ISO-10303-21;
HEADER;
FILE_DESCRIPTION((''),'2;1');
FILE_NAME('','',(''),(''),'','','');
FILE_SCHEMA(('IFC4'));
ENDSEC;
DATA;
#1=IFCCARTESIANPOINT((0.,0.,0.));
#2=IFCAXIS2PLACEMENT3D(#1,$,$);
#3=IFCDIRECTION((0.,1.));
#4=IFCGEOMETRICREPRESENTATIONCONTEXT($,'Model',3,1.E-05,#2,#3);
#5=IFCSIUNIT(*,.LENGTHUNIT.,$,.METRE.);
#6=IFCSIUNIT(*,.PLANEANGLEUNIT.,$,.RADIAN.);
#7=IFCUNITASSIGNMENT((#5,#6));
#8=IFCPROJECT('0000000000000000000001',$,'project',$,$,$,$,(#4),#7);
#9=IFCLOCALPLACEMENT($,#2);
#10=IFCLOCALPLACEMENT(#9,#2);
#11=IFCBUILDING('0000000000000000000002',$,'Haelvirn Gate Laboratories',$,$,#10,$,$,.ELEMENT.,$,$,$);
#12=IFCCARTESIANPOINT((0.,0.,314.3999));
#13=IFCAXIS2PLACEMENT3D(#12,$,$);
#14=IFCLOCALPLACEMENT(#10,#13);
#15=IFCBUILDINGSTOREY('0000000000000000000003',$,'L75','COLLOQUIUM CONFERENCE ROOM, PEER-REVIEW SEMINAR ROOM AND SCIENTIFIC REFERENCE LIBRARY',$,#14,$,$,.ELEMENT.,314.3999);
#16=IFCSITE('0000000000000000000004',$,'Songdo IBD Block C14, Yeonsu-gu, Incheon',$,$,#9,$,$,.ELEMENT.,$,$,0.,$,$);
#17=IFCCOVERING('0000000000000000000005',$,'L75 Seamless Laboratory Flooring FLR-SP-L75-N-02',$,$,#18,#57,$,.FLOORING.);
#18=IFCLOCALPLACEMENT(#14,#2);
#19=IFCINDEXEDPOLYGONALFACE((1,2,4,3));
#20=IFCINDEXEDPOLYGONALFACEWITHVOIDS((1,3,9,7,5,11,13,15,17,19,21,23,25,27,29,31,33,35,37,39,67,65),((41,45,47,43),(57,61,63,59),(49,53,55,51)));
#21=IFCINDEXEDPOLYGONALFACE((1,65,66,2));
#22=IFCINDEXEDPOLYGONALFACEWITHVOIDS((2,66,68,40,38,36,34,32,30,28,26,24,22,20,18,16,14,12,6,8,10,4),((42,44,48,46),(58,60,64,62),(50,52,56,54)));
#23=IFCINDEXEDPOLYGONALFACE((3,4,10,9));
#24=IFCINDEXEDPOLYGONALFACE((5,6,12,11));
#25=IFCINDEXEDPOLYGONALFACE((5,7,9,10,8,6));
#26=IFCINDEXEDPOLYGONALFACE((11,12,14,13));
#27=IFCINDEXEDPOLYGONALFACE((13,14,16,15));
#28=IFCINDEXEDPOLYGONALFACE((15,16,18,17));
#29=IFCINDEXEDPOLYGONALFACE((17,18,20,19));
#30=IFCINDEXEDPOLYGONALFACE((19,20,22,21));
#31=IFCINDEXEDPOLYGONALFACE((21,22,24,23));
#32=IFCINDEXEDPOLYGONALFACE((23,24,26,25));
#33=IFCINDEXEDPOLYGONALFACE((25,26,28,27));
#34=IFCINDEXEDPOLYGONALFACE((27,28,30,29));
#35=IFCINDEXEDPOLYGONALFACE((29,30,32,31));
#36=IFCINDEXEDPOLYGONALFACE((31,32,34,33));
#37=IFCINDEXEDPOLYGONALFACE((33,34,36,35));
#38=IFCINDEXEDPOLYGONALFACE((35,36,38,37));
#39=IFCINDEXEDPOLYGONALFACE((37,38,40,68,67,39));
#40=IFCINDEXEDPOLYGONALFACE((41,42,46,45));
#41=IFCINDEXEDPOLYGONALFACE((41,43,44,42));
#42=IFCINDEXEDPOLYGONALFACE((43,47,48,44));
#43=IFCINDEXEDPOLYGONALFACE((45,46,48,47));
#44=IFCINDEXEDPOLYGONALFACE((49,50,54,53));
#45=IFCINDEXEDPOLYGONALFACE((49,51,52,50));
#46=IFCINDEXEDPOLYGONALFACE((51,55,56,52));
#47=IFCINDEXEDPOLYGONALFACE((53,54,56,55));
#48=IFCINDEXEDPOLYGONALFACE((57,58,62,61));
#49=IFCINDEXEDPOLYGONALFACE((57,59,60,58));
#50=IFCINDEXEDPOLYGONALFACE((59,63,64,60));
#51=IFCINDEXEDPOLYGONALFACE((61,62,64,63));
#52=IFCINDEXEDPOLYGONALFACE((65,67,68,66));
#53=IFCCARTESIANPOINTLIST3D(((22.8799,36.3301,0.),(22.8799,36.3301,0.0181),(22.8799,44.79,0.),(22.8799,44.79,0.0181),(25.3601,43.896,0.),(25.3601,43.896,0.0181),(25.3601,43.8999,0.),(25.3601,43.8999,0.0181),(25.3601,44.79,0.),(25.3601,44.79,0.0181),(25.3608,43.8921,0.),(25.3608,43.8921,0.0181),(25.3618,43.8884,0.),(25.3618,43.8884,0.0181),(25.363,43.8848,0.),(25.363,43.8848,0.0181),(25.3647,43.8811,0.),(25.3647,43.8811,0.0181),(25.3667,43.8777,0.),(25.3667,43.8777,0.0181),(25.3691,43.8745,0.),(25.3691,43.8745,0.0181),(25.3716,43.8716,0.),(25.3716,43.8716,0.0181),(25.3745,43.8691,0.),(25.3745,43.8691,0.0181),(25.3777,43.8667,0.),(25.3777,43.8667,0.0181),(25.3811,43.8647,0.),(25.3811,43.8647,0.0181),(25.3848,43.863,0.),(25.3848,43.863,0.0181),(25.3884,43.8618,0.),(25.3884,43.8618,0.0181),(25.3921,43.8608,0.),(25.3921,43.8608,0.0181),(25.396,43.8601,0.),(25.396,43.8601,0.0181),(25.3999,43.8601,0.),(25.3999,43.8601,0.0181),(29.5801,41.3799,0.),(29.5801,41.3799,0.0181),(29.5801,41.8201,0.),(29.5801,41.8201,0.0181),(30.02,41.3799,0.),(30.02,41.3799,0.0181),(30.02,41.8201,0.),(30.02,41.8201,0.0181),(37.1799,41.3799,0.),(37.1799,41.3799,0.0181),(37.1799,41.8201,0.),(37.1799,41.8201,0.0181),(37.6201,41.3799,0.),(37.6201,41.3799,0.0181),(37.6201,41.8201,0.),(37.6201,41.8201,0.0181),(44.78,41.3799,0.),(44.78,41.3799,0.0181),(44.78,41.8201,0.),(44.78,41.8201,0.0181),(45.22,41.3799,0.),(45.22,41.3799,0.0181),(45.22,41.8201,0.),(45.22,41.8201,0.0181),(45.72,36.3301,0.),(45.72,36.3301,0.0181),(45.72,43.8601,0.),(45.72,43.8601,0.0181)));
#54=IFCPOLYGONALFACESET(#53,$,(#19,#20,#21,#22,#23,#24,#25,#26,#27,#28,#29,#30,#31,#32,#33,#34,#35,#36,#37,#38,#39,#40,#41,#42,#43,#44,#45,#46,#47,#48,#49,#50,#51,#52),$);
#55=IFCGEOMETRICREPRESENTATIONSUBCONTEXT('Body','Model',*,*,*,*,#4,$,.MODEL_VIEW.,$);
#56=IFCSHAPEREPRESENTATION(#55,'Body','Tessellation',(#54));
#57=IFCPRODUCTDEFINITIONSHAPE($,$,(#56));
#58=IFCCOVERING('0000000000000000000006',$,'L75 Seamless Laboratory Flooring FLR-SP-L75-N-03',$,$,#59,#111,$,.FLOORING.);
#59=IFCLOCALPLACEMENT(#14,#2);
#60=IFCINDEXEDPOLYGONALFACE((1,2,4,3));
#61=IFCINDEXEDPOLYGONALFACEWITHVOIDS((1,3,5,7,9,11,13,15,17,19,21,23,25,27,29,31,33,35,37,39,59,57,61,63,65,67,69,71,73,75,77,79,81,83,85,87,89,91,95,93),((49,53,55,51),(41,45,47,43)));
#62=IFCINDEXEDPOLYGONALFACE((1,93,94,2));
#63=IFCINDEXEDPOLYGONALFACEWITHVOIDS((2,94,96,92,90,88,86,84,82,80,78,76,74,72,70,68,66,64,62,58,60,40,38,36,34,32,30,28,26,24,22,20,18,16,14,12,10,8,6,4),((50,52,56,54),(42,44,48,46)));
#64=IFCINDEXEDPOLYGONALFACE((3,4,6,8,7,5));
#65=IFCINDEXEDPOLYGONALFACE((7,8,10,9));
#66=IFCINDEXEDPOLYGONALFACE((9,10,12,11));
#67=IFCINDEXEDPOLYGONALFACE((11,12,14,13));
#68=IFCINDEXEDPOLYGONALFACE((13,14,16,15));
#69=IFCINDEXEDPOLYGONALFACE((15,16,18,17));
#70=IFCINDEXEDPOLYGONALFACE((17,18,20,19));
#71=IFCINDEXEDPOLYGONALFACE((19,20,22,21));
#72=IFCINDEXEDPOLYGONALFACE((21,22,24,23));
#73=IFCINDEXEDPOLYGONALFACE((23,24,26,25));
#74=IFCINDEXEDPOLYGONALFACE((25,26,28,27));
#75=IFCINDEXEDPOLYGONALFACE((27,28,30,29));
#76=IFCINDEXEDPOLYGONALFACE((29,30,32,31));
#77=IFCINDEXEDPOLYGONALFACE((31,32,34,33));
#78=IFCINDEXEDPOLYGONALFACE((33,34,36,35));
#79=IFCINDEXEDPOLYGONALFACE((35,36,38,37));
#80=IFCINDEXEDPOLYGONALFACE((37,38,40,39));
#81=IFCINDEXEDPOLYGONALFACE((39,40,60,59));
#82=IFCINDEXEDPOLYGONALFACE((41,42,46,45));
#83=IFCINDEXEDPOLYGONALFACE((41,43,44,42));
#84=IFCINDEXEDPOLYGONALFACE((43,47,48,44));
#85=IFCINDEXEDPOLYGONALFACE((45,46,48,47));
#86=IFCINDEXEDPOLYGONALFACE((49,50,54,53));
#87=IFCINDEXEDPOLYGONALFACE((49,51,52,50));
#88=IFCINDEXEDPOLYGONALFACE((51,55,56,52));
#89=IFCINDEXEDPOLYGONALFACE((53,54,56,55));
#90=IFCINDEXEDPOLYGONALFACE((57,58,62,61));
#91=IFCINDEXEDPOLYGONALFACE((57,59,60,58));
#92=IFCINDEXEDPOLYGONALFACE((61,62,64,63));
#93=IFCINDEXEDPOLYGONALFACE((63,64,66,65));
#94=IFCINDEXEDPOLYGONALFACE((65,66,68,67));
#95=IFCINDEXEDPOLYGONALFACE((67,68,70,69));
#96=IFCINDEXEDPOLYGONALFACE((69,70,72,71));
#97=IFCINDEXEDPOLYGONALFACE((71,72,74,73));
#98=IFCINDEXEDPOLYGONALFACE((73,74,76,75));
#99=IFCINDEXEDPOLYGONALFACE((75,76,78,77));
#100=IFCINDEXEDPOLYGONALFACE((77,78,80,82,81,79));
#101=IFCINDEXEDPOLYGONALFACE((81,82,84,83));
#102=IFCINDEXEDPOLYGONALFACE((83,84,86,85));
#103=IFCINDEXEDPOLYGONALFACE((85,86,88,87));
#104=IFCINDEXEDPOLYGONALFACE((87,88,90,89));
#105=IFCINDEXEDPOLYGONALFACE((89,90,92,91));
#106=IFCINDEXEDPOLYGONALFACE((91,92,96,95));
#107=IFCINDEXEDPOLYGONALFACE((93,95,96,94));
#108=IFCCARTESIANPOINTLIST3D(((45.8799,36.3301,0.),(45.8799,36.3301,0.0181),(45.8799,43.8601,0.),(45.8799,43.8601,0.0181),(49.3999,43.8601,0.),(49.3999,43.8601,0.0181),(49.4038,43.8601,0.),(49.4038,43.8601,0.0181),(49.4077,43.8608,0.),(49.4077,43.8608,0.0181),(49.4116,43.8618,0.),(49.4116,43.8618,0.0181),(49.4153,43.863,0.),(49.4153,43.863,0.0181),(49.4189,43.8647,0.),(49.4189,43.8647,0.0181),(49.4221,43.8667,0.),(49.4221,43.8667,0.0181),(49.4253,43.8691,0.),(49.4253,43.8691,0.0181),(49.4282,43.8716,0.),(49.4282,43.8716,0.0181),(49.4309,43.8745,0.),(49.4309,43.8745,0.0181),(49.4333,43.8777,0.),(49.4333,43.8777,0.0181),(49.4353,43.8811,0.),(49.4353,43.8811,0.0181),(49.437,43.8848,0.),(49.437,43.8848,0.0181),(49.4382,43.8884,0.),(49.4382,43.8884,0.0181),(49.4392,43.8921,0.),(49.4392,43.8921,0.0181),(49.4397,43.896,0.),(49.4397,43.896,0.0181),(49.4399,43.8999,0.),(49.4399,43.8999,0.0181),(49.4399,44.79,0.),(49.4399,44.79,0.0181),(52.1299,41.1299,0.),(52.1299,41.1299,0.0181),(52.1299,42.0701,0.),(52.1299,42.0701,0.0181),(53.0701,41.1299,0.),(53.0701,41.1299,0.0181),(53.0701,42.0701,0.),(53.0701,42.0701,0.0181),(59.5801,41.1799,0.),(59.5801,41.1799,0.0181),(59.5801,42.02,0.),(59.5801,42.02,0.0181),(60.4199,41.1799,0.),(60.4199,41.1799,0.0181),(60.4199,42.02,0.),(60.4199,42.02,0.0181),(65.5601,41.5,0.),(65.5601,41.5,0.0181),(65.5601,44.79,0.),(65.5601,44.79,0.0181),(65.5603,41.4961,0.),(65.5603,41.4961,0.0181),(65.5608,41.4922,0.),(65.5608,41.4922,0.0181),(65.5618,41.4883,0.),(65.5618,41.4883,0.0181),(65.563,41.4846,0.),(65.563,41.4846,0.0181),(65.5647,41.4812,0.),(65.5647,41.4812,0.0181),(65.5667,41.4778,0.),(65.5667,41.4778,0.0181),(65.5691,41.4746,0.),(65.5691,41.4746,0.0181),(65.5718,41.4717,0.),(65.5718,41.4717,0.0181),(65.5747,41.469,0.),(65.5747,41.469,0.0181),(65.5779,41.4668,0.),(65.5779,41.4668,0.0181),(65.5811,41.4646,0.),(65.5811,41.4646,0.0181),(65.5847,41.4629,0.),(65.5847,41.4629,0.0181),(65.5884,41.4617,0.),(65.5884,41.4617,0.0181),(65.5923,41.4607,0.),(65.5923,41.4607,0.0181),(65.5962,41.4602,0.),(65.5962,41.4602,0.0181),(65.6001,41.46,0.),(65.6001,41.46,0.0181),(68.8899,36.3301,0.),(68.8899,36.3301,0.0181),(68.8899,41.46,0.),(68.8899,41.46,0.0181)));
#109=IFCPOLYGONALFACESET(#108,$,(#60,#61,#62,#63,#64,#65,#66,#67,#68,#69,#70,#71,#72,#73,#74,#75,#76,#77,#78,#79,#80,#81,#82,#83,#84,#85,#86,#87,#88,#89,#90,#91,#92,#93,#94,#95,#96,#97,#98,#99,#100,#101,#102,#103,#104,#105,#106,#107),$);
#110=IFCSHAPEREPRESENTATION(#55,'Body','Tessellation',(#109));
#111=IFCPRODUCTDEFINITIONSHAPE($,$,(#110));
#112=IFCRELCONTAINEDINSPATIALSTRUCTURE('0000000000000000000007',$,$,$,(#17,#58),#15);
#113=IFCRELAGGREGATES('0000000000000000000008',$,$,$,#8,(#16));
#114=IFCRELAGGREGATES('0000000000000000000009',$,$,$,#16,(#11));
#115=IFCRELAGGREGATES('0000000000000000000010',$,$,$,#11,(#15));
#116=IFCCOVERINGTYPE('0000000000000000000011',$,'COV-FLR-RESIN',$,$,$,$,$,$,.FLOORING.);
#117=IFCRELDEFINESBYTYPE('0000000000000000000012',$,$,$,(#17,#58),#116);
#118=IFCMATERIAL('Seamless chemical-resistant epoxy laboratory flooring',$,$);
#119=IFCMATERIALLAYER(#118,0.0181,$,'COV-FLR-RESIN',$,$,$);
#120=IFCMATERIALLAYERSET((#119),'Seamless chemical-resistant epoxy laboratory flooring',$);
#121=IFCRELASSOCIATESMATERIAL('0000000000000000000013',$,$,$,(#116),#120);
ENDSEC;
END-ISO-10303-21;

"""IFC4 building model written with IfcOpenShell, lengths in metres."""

from ifc_helpers import new_model, si_unit, direction, frame, origin, place, context, subcontext, project, spatial, polyline, outline, extrude, material, layer, layer_set, type_object, element, save


model = new_model("IFC4")

# Units and contexts
model_context = context("Model", 3, precision=1e-05, world=origin(), true_north=direction((0.0, 1.0)))
body_context = subcontext(model_context, "Body", "Model", "MODEL_VIEW")
ifc_project = project(units=[si_unit("LENGTHUNIT", "METRE"), si_unit("PLANEANGLEUNIT", "RADIAN")], contexts=[model_context])

# Site, building, storey
site_placement = place(None, origin())
site = spatial("IfcSite", under=ifc_project, at=site_placement, Name="Songdo IBD Block C14, Yeonsu-gu, Incheon", CompositionType="ELEMENT", RefElevation=0.0)
building_placement = place(site_placement, origin())
building = spatial("IfcBuilding", under=site, at=building_placement, Name="Haelvirn Gate Laboratories", CompositionType="ELEMENT")
storey_placement = place(building_placement, frame((0.0, 0.0, 314.3999)))
storey = spatial("IfcBuildingStorey", under=building, at=storey_placement, Name="L75", Description="COLLOQUIUM CONFERENCE ROOM, PEER-REVIEW SEMINAR ROOM AND SCIENTIFIC REFERENCE LIBRARY", CompositionType="ELEMENT", Elevation=314.3999)

# Coverings
ifc_material_1 = material(Name="Seamless chemical-resistant epoxy laboratory flooring")
ifc_layer_1 = layer(ifc_material_1, 0.0181, Name="COV-FLR-RESIN")
ifc_layer_set_1 = layer_set([ifc_layer_1], Name="Seamless chemical-resistant epoxy laboratory flooring")
covering_type = type_object("IfcCoveringType", Name="COV-FLR-RESIN", PredefinedType="FLOORING", material=ifc_layer_set_1)
covering_1_placement = place(storey_placement, origin())
element("IfcCovering", 1, at=covering_1_placement, inside=storey, type_object=covering_type, Name="L75 Seamless Laboratory Flooring FLR-SP-L75-N-02", PredefinedType="FLOORING", context=body_context, shape_type="SweptSolid", body=[
    extrude(outline(polyline([(25.3601, 43.8999), (25.3601, 43.896), (25.3608, 43.8921), (25.3618, 43.8884), (25.363, 43.8848), (25.3647, 43.8811), (25.3667, 43.8777), (25.3691, 43.8745), (25.3716, 43.8716), (25.3745, 43.8691), (25.3777, 43.8667), (25.3811, 43.8647), (25.3848, 43.863), (25.3884, 43.8618), (25.3921, 43.8608), (25.396, 43.8601), (25.3999, 43.8601), (45.72, 43.8601), (45.72, 36.3301), (22.8799, 36.3301), (22.8799, 44.79), (25.3601, 44.79), (25.3601, 43.8999)]), holes=[polyline([(30.02, 41.3799), (30.02, 41.8201), (29.5801, 41.8201), (29.5801, 41.3799), (30.02, 41.3799)]), polyline([(37.1799, 41.3799), (37.6201, 41.3799), (37.6201, 41.8201), (37.1799, 41.8201), (37.1799, 41.3799)]), polyline([(44.78, 41.8201), (44.78, 41.3799), (45.22, 41.3799), (45.22, 41.8201), (44.78, 41.8201)])]), origin(), (0.0, 0.0, 1.0), 0.0181),
])
covering_2_placement = place(storey_placement, origin())
element("IfcCovering", 2, at=covering_2_placement, inside=storey, type_object=covering_type, Name="L75 Seamless Laboratory Flooring FLR-SP-L75-N-03", PredefinedType="FLOORING", context=body_context, shape_type="SweptSolid", body=[
    extrude(outline(polyline([(49.3999, 43.8601), (49.4038, 43.8601), (49.4077, 43.8608), (49.4116, 43.8618), (49.4153, 43.863), (49.4189, 43.8647), (49.4221, 43.8667), (49.4253, 43.8691), (49.4282, 43.8716), (49.4309, 43.8745), (49.4333, 43.8777), (49.4353, 43.8811), (49.437, 43.8848), (49.4382, 43.8884), (49.4392, 43.8921), (49.4397, 43.896), (49.4399, 43.8999), (49.4399, 44.79), (65.5601, 44.79), (65.5601, 41.5), (65.5603, 41.4961), (65.5608, 41.4922), (65.5618, 41.4883), (65.563, 41.4846), (65.5647, 41.4812), (65.5667, 41.4778), (65.5691, 41.4746), (65.5718, 41.4717), (65.5747, 41.469), (65.5779, 41.4668), (65.5811, 41.4646), (65.5847, 41.4629), (65.5884, 41.4617), (65.5923, 41.4607), (65.5962, 41.4602), (65.6001, 41.46), (68.8899, 41.46), (68.8899, 36.3301), (45.8799, 36.3301), (45.8799, 43.8601), (49.3999, 43.8601)]), holes=[polyline([(52.1299, 41.1299), (53.0701, 41.1299), (53.0701, 42.0701), (52.1299, 42.0701), (52.1299, 41.1299)]), polyline([(59.5801, 42.02), (59.5801, 41.1799), (60.4199, 41.1799), (60.4199, 42.02), (59.5801, 42.02)])]), origin(), (0.0, 0.0, 1.0), 0.0181),
])

save(model, "model.ifc")
